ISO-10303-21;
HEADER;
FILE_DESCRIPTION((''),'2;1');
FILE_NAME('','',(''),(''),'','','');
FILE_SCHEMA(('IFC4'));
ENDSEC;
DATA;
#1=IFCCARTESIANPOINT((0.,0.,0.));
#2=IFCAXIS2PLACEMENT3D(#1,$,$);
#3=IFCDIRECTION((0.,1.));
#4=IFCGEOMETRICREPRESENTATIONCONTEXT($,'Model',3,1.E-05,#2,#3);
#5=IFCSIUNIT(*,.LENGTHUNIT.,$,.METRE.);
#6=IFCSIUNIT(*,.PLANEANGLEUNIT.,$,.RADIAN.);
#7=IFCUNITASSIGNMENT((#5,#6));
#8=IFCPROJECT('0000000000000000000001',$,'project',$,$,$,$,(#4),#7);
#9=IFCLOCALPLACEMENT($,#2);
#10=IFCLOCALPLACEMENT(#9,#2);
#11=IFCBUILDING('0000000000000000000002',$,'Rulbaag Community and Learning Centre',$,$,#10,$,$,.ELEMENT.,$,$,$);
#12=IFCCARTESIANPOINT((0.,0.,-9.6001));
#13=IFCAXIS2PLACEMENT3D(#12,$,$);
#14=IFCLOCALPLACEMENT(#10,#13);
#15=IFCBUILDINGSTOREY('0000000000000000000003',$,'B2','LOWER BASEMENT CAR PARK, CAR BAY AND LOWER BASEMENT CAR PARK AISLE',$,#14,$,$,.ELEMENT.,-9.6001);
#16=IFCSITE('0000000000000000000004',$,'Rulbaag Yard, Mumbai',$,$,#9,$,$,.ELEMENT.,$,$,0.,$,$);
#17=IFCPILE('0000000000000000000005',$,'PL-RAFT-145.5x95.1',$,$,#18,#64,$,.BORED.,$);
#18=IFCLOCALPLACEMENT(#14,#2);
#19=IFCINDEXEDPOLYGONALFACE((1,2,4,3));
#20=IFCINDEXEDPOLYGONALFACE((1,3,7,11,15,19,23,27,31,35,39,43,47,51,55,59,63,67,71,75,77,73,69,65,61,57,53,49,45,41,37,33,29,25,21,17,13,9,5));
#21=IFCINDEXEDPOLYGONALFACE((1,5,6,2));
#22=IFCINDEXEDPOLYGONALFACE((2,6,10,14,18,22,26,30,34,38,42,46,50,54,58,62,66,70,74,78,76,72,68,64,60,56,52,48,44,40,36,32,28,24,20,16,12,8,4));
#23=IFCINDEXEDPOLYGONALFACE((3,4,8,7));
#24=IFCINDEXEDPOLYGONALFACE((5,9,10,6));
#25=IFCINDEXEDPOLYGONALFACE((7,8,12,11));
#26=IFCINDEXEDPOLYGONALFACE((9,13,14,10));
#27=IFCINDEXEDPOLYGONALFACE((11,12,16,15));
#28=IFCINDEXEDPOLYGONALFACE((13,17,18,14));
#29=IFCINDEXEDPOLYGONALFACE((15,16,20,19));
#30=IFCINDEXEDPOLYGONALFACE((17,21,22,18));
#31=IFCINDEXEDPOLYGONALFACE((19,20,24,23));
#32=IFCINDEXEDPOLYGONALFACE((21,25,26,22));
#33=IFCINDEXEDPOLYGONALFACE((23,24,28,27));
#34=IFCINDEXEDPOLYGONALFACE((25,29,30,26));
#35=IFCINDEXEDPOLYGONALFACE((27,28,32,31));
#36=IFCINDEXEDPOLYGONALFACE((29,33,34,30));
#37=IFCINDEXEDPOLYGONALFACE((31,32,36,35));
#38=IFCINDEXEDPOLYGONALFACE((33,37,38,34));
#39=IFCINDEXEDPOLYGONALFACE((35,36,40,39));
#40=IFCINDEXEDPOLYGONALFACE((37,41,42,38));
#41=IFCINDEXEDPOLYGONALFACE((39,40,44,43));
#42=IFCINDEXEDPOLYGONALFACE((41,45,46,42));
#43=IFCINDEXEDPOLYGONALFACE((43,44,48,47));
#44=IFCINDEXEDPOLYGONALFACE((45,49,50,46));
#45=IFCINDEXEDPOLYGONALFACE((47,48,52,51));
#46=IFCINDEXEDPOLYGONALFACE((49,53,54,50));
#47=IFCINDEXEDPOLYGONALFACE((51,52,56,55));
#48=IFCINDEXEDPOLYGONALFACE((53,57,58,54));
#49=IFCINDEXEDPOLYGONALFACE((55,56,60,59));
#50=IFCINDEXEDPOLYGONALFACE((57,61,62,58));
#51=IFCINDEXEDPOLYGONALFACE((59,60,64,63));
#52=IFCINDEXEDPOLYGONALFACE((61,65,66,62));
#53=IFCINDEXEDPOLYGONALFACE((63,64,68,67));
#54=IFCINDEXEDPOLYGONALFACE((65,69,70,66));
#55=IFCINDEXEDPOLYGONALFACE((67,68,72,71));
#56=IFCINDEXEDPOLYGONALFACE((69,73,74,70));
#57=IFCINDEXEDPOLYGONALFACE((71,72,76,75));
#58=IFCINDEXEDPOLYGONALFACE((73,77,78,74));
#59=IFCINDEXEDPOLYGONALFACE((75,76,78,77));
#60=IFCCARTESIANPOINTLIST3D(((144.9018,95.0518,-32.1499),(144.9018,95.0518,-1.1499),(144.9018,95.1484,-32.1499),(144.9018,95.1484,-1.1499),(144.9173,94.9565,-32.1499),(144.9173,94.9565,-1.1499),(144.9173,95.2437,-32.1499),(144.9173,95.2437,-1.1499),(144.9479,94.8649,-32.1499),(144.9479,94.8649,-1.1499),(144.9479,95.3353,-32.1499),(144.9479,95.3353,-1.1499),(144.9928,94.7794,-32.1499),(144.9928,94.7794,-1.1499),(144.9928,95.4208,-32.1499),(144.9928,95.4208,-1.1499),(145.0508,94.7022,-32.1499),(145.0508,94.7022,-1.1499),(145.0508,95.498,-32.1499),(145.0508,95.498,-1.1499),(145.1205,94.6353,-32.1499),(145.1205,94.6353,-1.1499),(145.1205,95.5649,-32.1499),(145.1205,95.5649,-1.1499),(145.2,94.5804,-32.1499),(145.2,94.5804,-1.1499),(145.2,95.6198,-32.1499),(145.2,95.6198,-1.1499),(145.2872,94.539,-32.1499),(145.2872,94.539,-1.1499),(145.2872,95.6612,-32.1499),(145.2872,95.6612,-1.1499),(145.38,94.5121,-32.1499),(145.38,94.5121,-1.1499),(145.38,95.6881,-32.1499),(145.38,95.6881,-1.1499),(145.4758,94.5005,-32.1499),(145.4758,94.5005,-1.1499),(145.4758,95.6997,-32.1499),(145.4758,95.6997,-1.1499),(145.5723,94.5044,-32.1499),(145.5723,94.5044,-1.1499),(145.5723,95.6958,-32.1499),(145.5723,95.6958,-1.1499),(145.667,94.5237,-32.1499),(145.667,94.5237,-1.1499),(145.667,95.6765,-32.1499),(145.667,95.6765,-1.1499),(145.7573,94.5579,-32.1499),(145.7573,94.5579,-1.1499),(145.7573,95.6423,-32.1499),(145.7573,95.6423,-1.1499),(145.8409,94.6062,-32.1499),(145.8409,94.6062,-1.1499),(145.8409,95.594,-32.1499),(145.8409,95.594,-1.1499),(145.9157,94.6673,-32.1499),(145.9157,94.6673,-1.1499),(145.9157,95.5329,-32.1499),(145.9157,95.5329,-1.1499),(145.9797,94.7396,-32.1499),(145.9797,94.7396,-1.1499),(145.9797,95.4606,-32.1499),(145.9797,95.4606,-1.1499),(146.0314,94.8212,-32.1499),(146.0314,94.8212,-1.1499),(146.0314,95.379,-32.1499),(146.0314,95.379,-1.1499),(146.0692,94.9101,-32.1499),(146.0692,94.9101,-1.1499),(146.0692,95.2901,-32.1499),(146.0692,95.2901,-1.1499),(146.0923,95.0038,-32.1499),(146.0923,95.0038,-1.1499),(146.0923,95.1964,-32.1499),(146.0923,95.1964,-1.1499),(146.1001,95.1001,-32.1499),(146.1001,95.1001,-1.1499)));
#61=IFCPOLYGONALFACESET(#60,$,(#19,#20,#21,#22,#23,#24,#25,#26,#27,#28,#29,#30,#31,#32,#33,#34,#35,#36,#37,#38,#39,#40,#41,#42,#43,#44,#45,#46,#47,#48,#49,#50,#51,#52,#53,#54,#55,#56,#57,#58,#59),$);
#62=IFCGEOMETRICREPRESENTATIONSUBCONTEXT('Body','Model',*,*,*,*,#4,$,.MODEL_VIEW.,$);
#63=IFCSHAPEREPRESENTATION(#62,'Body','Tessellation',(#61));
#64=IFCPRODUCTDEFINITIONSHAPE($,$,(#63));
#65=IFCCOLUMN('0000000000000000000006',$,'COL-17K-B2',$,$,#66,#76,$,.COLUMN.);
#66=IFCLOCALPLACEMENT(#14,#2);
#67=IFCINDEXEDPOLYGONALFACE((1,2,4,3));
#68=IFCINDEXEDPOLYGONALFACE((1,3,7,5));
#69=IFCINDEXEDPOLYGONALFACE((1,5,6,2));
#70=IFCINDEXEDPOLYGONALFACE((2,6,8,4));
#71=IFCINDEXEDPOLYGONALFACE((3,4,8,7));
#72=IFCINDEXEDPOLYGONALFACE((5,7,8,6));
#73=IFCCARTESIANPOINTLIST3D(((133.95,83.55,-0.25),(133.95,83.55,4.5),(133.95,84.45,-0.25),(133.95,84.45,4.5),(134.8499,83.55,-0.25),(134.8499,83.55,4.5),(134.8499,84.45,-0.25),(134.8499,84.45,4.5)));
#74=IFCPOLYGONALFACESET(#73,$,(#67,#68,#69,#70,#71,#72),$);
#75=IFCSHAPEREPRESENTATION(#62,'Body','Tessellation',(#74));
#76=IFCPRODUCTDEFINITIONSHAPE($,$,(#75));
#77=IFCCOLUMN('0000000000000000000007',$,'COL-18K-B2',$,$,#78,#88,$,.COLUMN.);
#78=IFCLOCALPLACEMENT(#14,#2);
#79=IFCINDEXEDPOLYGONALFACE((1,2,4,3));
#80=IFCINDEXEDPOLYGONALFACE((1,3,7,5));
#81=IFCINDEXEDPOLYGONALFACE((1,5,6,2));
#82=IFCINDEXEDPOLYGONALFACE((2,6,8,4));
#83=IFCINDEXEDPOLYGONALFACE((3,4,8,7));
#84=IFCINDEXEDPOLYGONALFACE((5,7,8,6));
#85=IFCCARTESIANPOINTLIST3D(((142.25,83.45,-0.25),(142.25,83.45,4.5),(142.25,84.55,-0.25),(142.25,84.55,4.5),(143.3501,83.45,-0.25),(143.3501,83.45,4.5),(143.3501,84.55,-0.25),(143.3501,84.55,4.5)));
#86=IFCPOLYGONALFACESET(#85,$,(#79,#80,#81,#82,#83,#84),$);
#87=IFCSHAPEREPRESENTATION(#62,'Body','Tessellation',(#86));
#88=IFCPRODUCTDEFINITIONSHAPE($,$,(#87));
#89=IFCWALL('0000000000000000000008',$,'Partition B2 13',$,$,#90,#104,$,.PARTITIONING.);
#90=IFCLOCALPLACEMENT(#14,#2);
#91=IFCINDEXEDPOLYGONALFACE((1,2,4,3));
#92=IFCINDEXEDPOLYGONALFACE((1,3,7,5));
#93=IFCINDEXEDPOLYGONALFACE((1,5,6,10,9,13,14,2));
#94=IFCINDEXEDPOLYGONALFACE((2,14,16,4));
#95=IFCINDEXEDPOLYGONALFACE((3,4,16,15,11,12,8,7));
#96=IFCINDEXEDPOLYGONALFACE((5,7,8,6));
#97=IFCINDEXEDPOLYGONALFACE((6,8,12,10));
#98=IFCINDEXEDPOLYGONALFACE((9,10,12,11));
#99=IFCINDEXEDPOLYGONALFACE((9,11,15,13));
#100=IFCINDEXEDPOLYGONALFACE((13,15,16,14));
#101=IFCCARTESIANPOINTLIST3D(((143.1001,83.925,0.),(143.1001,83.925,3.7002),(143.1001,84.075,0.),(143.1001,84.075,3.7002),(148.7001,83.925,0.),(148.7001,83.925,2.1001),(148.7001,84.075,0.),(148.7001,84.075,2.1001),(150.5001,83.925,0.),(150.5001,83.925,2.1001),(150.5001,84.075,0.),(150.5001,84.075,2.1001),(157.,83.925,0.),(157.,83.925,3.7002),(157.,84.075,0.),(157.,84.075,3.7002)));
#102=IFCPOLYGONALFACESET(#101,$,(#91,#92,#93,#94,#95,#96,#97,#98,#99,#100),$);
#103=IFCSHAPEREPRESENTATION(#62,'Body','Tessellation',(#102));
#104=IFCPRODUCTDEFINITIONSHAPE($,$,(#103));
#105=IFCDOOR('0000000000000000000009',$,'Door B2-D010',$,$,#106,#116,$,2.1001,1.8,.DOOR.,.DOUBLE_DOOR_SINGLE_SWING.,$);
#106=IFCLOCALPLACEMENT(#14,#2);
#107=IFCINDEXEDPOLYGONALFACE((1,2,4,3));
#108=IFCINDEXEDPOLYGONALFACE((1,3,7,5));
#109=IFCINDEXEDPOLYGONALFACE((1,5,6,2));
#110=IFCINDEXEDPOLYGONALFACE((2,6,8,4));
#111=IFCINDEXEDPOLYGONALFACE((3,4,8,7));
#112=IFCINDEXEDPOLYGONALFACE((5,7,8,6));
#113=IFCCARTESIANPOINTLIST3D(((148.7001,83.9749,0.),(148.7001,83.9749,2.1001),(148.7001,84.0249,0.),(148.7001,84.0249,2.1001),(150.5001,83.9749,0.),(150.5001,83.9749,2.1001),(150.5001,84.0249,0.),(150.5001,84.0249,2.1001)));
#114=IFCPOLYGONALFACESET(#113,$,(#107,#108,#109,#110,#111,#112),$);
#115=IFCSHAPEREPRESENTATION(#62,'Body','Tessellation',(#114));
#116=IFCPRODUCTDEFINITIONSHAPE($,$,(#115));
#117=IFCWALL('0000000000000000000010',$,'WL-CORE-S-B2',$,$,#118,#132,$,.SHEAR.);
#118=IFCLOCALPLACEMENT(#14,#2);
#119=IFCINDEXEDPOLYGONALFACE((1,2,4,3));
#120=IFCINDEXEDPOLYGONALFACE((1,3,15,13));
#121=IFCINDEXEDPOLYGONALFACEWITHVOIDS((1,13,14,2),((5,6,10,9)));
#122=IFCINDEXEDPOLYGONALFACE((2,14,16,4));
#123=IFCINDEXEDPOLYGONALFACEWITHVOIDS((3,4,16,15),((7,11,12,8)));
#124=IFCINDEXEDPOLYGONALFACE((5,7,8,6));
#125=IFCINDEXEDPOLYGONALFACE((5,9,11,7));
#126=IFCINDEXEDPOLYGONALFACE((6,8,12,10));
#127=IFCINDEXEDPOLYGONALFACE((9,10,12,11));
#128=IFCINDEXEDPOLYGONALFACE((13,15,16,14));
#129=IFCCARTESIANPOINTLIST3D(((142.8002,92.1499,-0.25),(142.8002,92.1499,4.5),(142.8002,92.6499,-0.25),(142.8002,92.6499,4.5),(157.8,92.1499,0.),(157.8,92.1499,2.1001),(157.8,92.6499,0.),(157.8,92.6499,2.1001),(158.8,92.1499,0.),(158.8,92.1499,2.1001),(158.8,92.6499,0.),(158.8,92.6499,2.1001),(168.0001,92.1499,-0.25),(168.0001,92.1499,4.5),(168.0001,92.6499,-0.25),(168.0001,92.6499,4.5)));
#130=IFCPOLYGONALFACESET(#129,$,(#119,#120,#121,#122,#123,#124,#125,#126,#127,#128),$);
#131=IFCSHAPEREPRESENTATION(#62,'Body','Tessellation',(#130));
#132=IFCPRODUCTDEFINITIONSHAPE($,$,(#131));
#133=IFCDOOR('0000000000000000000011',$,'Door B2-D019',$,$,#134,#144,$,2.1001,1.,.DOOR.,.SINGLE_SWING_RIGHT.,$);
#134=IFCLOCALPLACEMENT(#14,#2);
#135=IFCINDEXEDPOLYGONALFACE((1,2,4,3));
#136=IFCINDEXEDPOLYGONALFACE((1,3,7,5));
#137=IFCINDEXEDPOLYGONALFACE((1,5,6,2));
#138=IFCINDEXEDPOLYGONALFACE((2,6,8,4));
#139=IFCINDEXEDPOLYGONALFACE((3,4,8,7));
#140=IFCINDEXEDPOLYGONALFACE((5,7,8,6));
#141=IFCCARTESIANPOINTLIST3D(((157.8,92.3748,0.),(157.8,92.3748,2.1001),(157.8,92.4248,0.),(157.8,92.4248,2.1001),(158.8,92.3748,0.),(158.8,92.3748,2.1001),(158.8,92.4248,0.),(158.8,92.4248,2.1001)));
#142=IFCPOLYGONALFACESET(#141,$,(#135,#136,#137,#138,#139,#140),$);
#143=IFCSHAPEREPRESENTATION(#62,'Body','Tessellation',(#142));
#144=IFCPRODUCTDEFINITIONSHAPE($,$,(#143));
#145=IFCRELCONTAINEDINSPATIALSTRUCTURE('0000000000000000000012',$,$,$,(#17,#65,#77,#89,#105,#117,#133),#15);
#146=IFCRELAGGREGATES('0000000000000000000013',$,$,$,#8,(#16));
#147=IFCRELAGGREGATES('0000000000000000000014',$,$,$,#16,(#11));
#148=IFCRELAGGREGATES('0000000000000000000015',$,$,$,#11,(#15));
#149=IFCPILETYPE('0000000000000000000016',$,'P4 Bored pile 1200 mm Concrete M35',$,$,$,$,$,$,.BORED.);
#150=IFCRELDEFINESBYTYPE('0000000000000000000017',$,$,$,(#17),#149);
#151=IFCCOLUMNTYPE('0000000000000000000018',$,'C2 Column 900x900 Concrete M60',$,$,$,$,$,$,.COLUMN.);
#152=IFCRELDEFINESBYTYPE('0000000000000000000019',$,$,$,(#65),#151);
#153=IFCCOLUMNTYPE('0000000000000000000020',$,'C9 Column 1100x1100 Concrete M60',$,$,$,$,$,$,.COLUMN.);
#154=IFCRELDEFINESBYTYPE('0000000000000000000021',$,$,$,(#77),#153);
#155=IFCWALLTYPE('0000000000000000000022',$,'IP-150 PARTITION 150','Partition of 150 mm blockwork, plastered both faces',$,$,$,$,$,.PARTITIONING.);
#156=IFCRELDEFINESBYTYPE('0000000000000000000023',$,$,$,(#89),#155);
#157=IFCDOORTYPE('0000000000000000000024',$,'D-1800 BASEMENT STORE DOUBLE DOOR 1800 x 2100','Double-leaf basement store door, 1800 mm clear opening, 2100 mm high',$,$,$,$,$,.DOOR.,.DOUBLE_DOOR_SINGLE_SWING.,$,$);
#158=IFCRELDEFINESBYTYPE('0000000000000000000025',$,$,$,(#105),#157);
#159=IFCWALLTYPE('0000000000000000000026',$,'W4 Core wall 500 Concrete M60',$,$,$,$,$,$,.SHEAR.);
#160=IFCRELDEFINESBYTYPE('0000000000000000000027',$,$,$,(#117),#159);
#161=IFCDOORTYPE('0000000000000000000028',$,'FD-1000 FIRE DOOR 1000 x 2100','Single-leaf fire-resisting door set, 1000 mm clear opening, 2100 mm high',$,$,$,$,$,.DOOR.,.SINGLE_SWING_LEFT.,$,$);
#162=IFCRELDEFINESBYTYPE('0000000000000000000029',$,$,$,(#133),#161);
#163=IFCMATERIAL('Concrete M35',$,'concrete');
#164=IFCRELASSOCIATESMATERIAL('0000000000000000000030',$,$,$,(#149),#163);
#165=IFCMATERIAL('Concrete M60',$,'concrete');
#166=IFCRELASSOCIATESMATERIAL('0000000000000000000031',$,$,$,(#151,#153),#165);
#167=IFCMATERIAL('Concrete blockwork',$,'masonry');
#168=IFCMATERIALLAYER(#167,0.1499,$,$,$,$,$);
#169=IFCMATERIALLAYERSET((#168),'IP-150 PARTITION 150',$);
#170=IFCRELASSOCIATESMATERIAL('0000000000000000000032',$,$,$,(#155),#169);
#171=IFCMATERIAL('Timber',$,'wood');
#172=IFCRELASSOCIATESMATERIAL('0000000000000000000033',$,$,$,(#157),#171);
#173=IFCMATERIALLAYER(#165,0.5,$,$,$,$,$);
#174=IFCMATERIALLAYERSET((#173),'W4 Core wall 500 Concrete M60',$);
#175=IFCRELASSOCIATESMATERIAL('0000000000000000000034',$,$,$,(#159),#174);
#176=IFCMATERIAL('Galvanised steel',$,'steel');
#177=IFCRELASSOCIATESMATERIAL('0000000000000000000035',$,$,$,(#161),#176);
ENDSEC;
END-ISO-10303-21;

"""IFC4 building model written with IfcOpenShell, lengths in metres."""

from ifc_helpers import new_model, si_unit, direction, frame, frame_2d, origin, origin_2d, place, context, subcontext, project, spatial, rectangle, circle, extrude, material, layer, layer_set, material_profile, profile_set, type_object, element, fill, save


model = new_model("IFC4")

# Units and contexts
model_context = context("Model", 3, precision=1e-05, world=origin(), true_north=direction((0.0, 1.0)))
body_context = subcontext(model_context, "Body", "Model", "MODEL_VIEW")
ifc_project = project(units=[si_unit("LENGTHUNIT", "METRE"), si_unit("PLANEANGLEUNIT", "RADIAN")], contexts=[model_context])

# Site, building, storey
site_placement = place(None, origin())
site = spatial("IfcSite", under=ifc_project, at=site_placement, Name="Rulbaag Yard, Mumbai", CompositionType="ELEMENT", RefElevation=0.0)
building_placement = place(site_placement, origin())
building = spatial("IfcBuilding", under=site, at=building_placement, Name="Rulbaag Community and Learning Centre", CompositionType="ELEMENT")
storey_placement = place(building_placement, frame((0.0, 0.0, -9.6001)))
storey = spatial("IfcBuildingStorey", under=building, at=storey_placement, Name="B2", Description="LOWER BASEMENT CAR PARK, CAR BAY AND LOWER BASEMENT CAR PARK AISLE", CompositionType="ELEMENT", Elevation=-9.6001)

# Pile
ifc_material_1 = material(Name="Concrete M35", Category="concrete")
ifc_material_profile_1 = material_profile(ifc_material_1, circle(Radius=0.6001, at=origin_2d()), Name="BP1200")
ifc_profile_set_1 = profile_set([ifc_material_profile_1], Name="Concrete M35")
pile_type_1 = type_object("IfcPileType", Name="P4 Bored pile 1200 mm Concrete M35", PredefinedType="BORED", material=ifc_profile_set_1)
for number, where, z_axis, x_axis, name in (
    (1, (145.5, 95.1001, -1.1499), (0.0, 0.0, -1.0), (1.0, 0.0, 0.0), "PL-RAFT-145.5x95.1"),
):
    element("IfcPile", number, at=place(storey_placement, frame(where, z_axis=z_axis, x_axis=x_axis)), inside=storey, type_object=pile_type_1, Name=name, PredefinedType="BORED", context=body_context, shape_type="SweptSolid", body=[
        extrude(circle(Radius=0.6001, at=origin_2d()), origin(), (0.0, 0.0, 1.0), 31.0),
    ])

# Columns
ifc_material_2 = material(Name="Concrete M60", Category="concrete")
ifc_material_profile_2 = material_profile(ifc_material_2, rectangle(XDim=0.8999, YDim=0.8999, at=origin_2d()), Name="RC900x900")
ifc_profile_set_2 = profile_set([ifc_material_profile_2], Name="Concrete M60")
column_type_1 = type_object("IfcColumnType", Name="C2 Column 900x900 Concrete M60", PredefinedType="COLUMN", material=ifc_profile_set_2)
column_1_placement = place(storey_placement, frame((134.3999, 84.0, -0.25), z_axis=(0.0, 0.0, 1.0), x_axis=(1.0, 0.0, 0.0)))
element("IfcColumn", 2, at=column_1_placement, inside=storey, type_object=column_type_1, Name="COL-17K-B2", PredefinedType="COLUMN", context=body_context, shape_type="SweptSolid", body=[
    extrude(rectangle(XDim=0.8999, YDim=0.8999, at=origin_2d()), origin(), (0.0, 0.0, 1.0), 4.75),
])
ifc_material_profile_3 = material_profile(ifc_material_2, rectangle(XDim=1.1001, YDim=1.1001, at=origin_2d()), Name="RC1100x1100")
ifc_profile_set_3 = profile_set([ifc_material_profile_3], Name="Concrete M60")
column_type_2 = type_object("IfcColumnType", Name="C9 Column 1100x1100 Concrete M60", PredefinedType="COLUMN", material=ifc_profile_set_3)
column_2_placement = place(storey_placement, frame((142.8, 84.0, -0.25), z_axis=(0.0, 0.0, 1.0), x_axis=(1.0, 0.0, 0.0)))
element("IfcColumn", 3, at=column_2_placement, inside=storey, type_object=column_type_2, Name="COL-18K-B2", PredefinedType="COLUMN", context=body_context, shape_type="SweptSolid", body=[
    extrude(rectangle(XDim=1.1001, YDim=1.1001, at=origin_2d()), origin(), (0.0, 0.0, 1.0), 4.75),
])

# Walls, openings, doors
ifc_material_3 = material(Name="Concrete blockwork", Category="masonry")
ifc_layer_1 = layer(ifc_material_3, 0.1499)
ifc_layer_set_1 = layer_set([ifc_layer_1], Name="IP-150 PARTITION 150")
wall_type_1 = type_object("IfcWallType", Name="IP-150 PARTITION 150", Description="Partition of 150 mm blockwork, plastered both faces", PredefinedType="PARTITIONING", material=ifc_layer_set_1)
wall_1_placement = place(storey_placement, frame((143.1001, 84.0, 0.0), z_axis=(0.0, 0.0, 1.0), x_axis=(1.0, 0.0, 0.0)))
wall_1 = element("IfcWall", 4, at=wall_1_placement, inside=storey, type_object=wall_type_1, Name="Partition B2 13", PredefinedType="PARTITIONING", context=body_context, shape_type="SweptSolid", body=[
    extrude(rectangle(XDim=13.8999, YDim=0.1499, at=frame_2d((6.95, 0.0))), origin(), (0.0, 0.0, 1.0), 3.7002),
])
opening_1_placement = place(wall_1_placement, frame((5.6001, 0.0, 0.0)))
opening_1 = element("IfcOpeningElement", 5, at=opening_1_placement, cuts=wall_1, PredefinedType="OPENING", context=body_context, shape_type="SweptSolid", body=[
    extrude(rectangle(XDim=1.8, YDim=2.1001, at=frame_2d((0.8999, 1.05))), frame((0.0, 0.085, 0.0), z_axis=(0.0, -1.0, 0.0), x_axis=(1.0, 0.0, 0.0)), (0.0, 0.0, 1.0), 0.1699),
])
ifc_material_4 = material(Name="Timber", Category="wood")
door_type_1 = type_object("IfcDoorType", Name="D-1800 BASEMENT STORE DOUBLE DOOR 1800 x 2100", Description="Double-leaf basement store door, 1800 mm clear opening, 2100 mm high", OperationType="DOUBLE_DOOR_SINGLE_SWING", PredefinedType="DOOR", material=ifc_material_4)
door_1_placement = place(opening_1_placement, origin())
door_1 = element("IfcDoor", 6, at=door_1_placement, inside=storey, type_object=door_type_1, Name="Door B2-D010", OperationType="DOUBLE_DOOR_SINGLE_SWING", OverallHeight=2.1001, OverallWidth=1.8, PredefinedType="DOOR", context=body_context, shape_type="SweptSolid", body=[
    extrude(rectangle(XDim=1.8, YDim=2.1001, at=frame_2d((0.8999, 1.05))), frame((0.0, 0.0249, 0.0), z_axis=(0.0, -1.0, 0.0), x_axis=(1.0, 0.0, 0.0)), (0.0, 0.0, 1.0), 0.05),
])
fill(opening_1, door_1)
ifc_layer_2 = layer(ifc_material_2, 0.5)
ifc_layer_set_2 = layer_set([ifc_layer_2], Name="W4 Core wall 500 Concrete M60")
wall_type_2 = type_object("IfcWallType", Name="W4 Core wall 500 Concrete M60", PredefinedType="SHEAR", material=ifc_layer_set_2)
wall_2_placement = place(storey_placement, frame((142.8, 92.3999, -0.25), z_axis=(0.0, 0.0, 1.0), x_axis=(1.0, 0.0, 0.0)))
wall_2 = element("IfcWall", 7, at=wall_2_placement, inside=storey, type_object=wall_type_2, Name="WL-CORE-S-B2", PredefinedType="SHEAR", context=body_context, shape_type="SweptSolid", body=[
    extrude(rectangle(XDim=25.2, YDim=0.5, at=frame_2d((12.6001, 0.0))), origin(), (0.0, 0.0, 1.0), 4.75),
])
opening_2_placement = place(wall_2_placement, frame((15.0, 0.0, 0.25)))
opening_2 = element("IfcOpeningElement", 8, at=opening_2_placement, cuts=wall_2, PredefinedType="OPENING", context=body_context, shape_type="SweptSolid", body=[
    extrude(rectangle(XDim=1.0, YDim=2.1001, at=frame_2d((0.5, 1.05))), frame((0.0, 0.26, 0.0), z_axis=(0.0, -1.0, 0.0), x_axis=(1.0, 0.0, 0.0)), (0.0, 0.0, 1.0), 0.52),
])
ifc_material_5 = material(Name="Galvanised steel", Category="steel")
door_type_2 = type_object("IfcDoorType", Name="FD-1000 FIRE DOOR 1000 x 2100", Description="Single-leaf fire-resisting door set, 1000 mm clear opening, 2100 mm high", OperationType="SINGLE_SWING_LEFT", PredefinedType="DOOR", material=ifc_material_5)
door_2_placement = place(opening_2_placement, origin())
door_2 = element("IfcDoor", 9, at=door_2_placement, inside=storey, type_object=door_type_2, Name="Door B2-D019", OperationType="SINGLE_SWING_RIGHT", OverallHeight=2.1001, OverallWidth=1.0, PredefinedType="DOOR", context=body_context, shape_type="SweptSolid", body=[
    extrude(rectangle(XDim=1.0, YDim=2.1001, at=frame_2d((0.5, 1.05))), frame((0.0, 0.0249, 0.0), z_axis=(0.0, -1.0, 0.0), x_axis=(1.0, 0.0, 0.0)), (0.0, 0.0, 1.0), 0.05),
])
fill(opening_2, door_2)

save(model, "model.ifc")
